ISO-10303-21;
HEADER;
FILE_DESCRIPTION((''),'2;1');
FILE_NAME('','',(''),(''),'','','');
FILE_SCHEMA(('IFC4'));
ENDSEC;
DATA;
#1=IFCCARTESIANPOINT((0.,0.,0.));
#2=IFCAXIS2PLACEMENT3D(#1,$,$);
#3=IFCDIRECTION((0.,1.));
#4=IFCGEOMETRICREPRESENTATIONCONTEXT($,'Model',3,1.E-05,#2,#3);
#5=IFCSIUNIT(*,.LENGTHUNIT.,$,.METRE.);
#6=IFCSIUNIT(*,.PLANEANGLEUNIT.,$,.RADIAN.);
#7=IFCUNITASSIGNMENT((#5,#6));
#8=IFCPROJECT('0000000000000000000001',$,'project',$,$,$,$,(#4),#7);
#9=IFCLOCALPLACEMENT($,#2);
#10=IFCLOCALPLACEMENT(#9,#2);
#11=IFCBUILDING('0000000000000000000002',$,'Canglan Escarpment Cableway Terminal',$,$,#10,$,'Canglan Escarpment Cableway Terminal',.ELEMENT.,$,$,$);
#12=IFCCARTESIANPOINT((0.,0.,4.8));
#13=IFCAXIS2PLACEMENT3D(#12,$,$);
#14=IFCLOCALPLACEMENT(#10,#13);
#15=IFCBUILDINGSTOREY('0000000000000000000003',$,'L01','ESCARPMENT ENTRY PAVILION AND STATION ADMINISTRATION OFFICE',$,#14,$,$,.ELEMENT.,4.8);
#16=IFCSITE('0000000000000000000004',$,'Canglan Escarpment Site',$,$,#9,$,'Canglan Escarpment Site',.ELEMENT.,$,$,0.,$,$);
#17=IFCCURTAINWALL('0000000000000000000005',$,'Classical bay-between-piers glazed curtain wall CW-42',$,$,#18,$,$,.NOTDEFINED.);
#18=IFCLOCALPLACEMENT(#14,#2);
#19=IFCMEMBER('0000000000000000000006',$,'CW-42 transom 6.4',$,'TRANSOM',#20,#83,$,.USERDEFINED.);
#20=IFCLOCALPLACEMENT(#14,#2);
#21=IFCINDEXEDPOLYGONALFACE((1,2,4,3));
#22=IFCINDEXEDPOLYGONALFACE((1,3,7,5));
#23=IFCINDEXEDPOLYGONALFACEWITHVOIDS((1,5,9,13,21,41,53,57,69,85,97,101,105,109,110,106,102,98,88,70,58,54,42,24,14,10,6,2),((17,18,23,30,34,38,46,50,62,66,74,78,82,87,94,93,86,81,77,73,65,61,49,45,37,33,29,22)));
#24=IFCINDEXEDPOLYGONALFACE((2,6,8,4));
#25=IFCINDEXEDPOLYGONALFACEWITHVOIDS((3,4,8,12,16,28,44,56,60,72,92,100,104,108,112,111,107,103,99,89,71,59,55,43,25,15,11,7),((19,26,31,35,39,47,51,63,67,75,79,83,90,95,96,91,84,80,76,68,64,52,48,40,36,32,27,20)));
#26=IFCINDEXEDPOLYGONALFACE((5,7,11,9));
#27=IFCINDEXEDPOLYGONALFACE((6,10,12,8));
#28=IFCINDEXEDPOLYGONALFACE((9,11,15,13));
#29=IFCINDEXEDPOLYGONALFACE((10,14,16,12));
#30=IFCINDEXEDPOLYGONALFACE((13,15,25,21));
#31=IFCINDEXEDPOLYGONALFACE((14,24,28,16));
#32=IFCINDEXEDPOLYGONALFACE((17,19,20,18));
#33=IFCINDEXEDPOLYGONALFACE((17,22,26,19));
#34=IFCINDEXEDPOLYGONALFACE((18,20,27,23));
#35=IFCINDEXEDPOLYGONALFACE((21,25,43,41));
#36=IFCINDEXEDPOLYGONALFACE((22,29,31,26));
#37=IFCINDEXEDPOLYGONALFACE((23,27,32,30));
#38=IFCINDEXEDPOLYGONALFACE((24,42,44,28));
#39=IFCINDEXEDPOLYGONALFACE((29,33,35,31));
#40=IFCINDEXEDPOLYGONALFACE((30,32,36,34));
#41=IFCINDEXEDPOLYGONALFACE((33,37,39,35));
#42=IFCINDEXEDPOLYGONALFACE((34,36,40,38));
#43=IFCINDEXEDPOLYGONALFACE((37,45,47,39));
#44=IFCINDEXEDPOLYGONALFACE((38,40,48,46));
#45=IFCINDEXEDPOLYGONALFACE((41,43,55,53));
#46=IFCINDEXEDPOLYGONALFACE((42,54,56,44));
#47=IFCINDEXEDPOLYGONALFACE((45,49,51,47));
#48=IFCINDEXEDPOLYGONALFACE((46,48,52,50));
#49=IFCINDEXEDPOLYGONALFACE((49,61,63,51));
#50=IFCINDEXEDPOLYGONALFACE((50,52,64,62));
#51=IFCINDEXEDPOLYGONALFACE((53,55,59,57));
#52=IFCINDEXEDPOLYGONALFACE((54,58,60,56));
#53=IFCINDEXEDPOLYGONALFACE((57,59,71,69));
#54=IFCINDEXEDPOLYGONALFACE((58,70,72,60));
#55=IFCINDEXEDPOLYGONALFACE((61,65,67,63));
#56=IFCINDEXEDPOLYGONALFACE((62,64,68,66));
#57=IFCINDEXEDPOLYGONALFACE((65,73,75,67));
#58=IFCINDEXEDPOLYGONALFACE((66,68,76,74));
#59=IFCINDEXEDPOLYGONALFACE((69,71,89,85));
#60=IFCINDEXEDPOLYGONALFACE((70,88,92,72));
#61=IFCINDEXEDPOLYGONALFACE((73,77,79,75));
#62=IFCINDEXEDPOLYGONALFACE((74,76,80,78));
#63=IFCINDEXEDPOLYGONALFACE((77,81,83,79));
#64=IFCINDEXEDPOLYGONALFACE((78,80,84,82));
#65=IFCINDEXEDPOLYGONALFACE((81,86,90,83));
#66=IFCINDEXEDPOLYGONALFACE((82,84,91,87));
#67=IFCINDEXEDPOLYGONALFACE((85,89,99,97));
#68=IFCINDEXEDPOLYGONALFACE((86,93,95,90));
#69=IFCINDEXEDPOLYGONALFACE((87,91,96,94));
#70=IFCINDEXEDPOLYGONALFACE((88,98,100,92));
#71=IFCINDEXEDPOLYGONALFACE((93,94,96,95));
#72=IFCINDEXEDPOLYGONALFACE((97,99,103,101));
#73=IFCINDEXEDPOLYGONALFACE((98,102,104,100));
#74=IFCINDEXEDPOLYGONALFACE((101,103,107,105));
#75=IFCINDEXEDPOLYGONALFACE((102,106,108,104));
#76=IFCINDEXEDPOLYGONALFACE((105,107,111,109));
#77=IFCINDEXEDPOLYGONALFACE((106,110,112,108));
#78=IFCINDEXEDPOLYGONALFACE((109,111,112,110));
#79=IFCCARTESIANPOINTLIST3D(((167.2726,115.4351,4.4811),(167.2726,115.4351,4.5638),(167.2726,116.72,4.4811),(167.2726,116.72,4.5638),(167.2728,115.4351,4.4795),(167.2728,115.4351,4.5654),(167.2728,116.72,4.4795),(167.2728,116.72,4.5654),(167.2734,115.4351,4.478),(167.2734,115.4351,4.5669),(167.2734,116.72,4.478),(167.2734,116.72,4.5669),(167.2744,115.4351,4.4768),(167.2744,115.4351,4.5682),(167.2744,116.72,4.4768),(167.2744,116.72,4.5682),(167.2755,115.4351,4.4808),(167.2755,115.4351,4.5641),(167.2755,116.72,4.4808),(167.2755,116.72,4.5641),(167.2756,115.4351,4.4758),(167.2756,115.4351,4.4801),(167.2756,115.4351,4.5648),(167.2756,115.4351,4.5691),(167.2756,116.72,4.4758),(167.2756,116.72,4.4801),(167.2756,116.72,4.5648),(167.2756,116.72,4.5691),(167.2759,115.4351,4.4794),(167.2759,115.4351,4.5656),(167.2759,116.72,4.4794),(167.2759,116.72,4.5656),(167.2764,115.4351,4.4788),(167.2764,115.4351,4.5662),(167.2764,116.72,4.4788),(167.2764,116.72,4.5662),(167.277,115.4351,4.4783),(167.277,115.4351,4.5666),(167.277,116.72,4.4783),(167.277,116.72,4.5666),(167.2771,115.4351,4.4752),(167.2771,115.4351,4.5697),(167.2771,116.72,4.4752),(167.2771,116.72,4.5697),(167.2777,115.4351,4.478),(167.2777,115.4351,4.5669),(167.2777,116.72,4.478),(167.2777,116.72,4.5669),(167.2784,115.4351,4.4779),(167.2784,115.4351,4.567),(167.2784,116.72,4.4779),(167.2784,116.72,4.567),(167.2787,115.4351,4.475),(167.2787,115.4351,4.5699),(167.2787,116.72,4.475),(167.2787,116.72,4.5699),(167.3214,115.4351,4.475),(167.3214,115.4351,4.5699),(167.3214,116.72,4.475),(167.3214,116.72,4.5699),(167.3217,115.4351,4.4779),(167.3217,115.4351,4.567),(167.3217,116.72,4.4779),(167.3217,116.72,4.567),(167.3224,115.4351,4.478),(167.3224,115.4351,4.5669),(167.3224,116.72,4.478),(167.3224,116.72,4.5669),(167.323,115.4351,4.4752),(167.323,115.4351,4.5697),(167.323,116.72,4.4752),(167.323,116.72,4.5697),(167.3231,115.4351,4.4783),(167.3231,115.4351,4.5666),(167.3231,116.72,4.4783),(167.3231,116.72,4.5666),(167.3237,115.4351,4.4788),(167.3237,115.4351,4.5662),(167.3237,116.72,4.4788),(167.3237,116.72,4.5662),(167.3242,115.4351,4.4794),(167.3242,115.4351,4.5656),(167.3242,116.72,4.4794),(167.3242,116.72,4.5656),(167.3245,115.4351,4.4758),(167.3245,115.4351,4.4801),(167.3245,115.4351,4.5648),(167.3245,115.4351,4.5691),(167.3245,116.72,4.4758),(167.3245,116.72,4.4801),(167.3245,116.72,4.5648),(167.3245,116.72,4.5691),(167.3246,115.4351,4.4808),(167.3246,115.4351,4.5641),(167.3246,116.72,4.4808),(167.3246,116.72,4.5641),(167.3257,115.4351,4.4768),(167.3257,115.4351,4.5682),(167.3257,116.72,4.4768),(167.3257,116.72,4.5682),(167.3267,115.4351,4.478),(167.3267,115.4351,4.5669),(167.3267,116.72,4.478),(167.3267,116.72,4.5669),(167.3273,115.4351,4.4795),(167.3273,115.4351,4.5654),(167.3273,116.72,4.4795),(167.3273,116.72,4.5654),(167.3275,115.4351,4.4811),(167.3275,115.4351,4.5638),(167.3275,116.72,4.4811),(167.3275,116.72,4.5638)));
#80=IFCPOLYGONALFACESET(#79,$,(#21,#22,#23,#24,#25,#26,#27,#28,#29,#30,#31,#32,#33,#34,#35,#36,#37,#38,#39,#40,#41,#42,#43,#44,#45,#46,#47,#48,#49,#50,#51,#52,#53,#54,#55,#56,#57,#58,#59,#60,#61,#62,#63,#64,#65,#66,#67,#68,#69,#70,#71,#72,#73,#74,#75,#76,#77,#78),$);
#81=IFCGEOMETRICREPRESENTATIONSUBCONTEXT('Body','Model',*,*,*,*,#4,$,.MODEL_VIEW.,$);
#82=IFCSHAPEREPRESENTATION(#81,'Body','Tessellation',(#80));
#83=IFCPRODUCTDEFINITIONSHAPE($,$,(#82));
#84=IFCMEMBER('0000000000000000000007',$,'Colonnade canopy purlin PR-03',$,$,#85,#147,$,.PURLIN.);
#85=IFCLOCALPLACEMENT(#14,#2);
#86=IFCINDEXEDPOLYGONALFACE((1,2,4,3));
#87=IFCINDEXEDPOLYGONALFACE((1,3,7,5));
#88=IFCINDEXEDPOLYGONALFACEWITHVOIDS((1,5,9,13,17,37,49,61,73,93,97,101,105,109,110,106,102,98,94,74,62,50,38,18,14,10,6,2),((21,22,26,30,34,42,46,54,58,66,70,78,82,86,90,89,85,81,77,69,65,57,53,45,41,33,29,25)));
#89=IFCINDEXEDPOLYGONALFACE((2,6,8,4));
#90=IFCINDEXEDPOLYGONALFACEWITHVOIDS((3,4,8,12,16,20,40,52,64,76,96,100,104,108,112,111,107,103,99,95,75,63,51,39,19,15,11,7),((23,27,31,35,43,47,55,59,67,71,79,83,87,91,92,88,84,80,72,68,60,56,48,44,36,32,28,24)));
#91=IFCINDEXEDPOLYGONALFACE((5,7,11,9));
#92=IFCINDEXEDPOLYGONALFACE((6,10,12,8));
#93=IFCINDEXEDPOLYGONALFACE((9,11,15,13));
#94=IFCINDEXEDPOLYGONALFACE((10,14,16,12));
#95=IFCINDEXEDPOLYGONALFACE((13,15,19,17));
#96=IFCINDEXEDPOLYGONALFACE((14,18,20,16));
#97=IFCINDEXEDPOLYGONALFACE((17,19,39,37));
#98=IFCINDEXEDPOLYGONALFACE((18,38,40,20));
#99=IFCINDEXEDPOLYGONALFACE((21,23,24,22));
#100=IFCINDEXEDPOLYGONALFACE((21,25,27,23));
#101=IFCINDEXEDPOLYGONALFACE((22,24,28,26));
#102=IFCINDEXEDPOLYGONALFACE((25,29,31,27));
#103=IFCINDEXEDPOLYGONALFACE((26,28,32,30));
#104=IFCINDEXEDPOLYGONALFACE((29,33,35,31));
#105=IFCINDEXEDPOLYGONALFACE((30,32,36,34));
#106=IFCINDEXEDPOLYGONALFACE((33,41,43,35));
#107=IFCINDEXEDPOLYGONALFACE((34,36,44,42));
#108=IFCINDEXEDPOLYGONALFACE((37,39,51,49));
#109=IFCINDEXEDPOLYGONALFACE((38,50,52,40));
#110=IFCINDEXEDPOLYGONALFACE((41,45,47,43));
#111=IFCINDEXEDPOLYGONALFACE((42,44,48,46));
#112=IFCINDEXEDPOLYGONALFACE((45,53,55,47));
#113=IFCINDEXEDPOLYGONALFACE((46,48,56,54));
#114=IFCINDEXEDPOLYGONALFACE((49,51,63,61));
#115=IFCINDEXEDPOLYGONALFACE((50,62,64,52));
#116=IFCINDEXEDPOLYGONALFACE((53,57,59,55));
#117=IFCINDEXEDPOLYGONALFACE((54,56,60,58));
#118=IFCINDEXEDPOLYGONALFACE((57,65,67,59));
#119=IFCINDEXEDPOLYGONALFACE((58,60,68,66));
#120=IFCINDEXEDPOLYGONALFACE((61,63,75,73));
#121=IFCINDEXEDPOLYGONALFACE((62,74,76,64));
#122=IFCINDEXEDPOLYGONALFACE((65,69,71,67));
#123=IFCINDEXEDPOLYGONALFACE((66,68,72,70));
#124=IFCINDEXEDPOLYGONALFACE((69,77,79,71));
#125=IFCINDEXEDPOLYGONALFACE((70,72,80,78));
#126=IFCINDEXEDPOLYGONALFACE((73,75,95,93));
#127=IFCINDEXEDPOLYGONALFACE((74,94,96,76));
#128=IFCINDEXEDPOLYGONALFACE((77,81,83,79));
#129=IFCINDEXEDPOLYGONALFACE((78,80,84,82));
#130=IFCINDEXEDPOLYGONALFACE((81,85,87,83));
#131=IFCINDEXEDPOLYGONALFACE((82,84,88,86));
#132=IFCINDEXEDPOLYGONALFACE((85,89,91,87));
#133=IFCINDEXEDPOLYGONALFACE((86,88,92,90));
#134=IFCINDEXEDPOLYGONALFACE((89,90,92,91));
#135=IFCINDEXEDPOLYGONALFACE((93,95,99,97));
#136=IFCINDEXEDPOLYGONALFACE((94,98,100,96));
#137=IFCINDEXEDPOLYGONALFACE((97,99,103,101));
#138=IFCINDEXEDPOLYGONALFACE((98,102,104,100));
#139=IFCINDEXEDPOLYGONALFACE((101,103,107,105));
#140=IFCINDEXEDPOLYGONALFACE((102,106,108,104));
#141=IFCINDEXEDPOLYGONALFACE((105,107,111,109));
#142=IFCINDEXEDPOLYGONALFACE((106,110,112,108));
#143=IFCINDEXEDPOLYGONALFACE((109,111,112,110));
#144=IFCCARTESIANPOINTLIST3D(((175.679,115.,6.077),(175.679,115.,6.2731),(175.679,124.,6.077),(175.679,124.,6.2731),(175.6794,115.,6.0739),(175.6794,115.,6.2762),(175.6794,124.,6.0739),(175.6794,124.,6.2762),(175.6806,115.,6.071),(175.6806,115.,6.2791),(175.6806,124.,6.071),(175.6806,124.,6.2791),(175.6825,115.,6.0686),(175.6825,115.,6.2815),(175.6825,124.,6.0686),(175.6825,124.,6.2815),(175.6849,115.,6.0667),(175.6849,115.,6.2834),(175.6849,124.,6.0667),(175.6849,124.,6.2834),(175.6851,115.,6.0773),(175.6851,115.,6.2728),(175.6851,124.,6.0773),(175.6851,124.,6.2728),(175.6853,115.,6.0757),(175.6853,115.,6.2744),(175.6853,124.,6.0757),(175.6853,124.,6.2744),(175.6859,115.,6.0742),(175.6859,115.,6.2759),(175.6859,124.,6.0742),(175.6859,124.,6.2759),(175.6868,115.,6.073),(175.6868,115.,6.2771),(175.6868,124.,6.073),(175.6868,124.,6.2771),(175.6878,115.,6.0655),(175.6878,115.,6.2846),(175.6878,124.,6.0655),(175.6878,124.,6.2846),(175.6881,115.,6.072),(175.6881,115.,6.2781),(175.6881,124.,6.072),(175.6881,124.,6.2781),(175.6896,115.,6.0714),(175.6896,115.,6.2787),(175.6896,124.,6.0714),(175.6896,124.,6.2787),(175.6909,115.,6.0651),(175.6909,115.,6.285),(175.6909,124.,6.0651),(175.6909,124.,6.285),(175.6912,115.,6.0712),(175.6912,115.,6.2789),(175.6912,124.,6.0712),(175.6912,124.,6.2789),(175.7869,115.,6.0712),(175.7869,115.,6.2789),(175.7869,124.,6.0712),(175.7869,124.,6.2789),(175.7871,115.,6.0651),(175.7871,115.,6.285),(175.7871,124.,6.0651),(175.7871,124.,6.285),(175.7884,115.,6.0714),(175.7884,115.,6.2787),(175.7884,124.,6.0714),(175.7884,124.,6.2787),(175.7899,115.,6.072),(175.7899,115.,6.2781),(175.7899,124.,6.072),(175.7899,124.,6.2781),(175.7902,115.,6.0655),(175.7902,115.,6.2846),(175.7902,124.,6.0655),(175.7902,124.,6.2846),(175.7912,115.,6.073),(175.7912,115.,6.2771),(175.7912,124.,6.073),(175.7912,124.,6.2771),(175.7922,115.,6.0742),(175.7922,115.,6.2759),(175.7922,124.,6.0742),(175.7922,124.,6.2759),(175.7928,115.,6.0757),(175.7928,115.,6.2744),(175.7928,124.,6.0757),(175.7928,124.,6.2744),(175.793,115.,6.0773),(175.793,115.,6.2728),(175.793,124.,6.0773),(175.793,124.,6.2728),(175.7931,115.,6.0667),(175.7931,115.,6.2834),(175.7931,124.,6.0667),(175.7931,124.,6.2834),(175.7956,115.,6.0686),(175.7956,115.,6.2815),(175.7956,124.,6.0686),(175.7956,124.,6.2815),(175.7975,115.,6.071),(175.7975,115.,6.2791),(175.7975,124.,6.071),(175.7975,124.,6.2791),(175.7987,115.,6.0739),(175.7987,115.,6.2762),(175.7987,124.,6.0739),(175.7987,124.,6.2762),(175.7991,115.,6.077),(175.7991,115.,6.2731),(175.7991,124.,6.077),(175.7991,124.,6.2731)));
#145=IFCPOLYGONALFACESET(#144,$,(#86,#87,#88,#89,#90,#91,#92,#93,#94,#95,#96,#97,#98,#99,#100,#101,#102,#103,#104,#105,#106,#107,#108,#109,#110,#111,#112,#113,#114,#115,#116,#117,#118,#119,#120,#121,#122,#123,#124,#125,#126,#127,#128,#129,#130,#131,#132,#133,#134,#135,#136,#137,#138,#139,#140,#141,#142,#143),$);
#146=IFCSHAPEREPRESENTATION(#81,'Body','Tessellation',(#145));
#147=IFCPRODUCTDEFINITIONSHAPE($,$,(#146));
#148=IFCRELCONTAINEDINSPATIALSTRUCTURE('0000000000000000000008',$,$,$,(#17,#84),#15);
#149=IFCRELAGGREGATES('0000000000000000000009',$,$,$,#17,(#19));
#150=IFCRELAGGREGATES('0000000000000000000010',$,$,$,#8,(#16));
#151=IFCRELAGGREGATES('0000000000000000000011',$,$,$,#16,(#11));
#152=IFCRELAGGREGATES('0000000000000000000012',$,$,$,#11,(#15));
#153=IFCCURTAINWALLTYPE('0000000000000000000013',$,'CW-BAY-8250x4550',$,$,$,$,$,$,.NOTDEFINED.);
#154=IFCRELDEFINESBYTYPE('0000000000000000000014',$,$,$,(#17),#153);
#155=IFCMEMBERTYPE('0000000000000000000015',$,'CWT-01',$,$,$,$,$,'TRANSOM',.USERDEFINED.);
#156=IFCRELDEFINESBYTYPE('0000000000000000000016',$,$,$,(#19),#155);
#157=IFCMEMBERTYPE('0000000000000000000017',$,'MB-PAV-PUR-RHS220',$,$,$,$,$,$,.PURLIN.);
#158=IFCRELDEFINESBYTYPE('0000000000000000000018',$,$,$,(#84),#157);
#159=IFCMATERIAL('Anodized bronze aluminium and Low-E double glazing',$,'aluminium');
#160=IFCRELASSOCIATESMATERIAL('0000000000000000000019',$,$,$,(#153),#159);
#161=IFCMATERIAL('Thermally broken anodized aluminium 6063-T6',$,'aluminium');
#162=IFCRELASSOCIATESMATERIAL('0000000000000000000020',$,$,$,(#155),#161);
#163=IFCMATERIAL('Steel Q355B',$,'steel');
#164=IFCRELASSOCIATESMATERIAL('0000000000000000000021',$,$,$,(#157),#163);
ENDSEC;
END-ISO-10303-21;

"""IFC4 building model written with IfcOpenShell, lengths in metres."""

from ifc_helpers import new_model, si_unit, direction, frame, origin, origin_2d, place, context, subcontext, project, spatial, hollow_rectangle, extrude, material, material_profile, profile_set, type_object, element, aggregate, save


model = new_model("IFC4")

# Units and contexts
model_context = context("Model", 3, precision=1e-05, world=origin(), true_north=direction((0.0, 1.0)))
body_context = subcontext(model_context, "Body", "Model", "MODEL_VIEW")
ifc_project = project(units=[si_unit("LENGTHUNIT", "METRE"), si_unit("PLANEANGLEUNIT", "RADIAN")], contexts=[model_context])

# Site, building, storey
site_placement = place(None, origin())
site = spatial("IfcSite", under=ifc_project, at=site_placement, Name="Canglan Escarpment Site", LongName="Canglan Escarpment Site", CompositionType="ELEMENT", RefElevation=0.0)
building_placement = place(site_placement, origin())
building = spatial("IfcBuilding", under=site, at=building_placement, Name="Canglan Escarpment Cableway Terminal", LongName="Canglan Escarpment Cableway Terminal", CompositionType="ELEMENT")
storey_placement = place(building_placement, frame((0.0, 0.0, 4.8)))
storey = spatial("IfcBuildingStorey", under=building, at=storey_placement, Name="L01", Description="ESCARPMENT ENTRY PAVILION AND STATION ADMINISTRATION OFFICE", CompositionType="ELEMENT", Elevation=4.8)

# Curtain wall, member
ifc_material_1 = material(Name="Anodized bronze aluminium and Low-E double glazing", Category="aluminium")
curtain_wall_type = type_object("IfcCurtainWallType", Name="CW-BAY-8250x4550", PredefinedType="NOTDEFINED", material=ifc_material_1)
curtain_wall_placement = place(storey_placement, origin())
curtain_wall = element("IfcCurtainWall", 1, at=curtain_wall_placement, inside=storey, type_object=curtain_wall_type, Name="Classical bay-between-piers glazed curtain wall CW-42", PredefinedType="NOTDEFINED")
ifc_material_2 = material(Name="Thermally broken anodized aluminium 6063-T6", Category="aluminium")
ifc_material_profile_1 = material_profile(ifc_material_2, hollow_rectangle(XDim=0.0549, YDim=0.095, WallThickness=0.0029, InnerFilletRadius=0.0029, OuterFilletRadius=0.0061, at=origin_2d()), Name="ALU-TRAN 55x95x3")
ifc_profile_set_1 = profile_set([ifc_material_profile_1], Name="Thermally broken anodized aluminium 6063-T6")
member_type_1 = type_object("IfcMemberType", Name="CWT-01", ElementType="TRANSOM", PredefinedType="USERDEFINED", material=ifc_profile_set_1)
member_1_placement = place(storey_placement, frame((167.3, 116.72, 4.5225), z_axis=(0.0, -1.0, 0.0), x_axis=(1.0, 0.0, 0.0)))
member_1 = element("IfcMember", 2, at=member_1_placement, type_object=member_type_1, Name="CW-42 transom 6.4", ObjectType="TRANSOM", PredefinedType="USERDEFINED", context=body_context, shape_type="SweptSolid", body=[
    extrude(hollow_rectangle(XDim=0.0549, YDim=0.095, WallThickness=0.0029, InnerFilletRadius=0.0029, OuterFilletRadius=0.0061, at=origin_2d()), origin(), (0.0, 0.0, 1.0), 1.2849),
])

# Member
ifc_material_3 = material(Name="Steel Q355B", Category="steel")
ifc_material_profile_2 = material_profile(ifc_material_3, hollow_rectangle(XDim=0.1201, YDim=0.22, WallThickness=0.0061, InnerFilletRadius=0.0061, OuterFilletRadius=0.012, at=origin_2d()), Name="RHS 220x120x6")
ifc_profile_set_2 = profile_set([ifc_material_profile_2], Name="Steel Q355B")
member_type_2 = type_object("IfcMemberType", Name="MB-PAV-PUR-RHS220", PredefinedType="PURLIN", material=ifc_profile_set_2)
member_2_placement = place(storey_placement, frame((175.739, 115.0, 6.175), z_axis=(0.0, 1.0, 0.0), x_axis=(-1.0, 0.0, 0.0)))
element("IfcMember", 3, at=member_2_placement, inside=storey, type_object=member_type_2, Name="Colonnade canopy purlin PR-03", PredefinedType="PURLIN", context=body_context, shape_type="SweptSolid", body=[
    extrude(hollow_rectangle(XDim=0.1201, YDim=0.22, WallThickness=0.0061, InnerFilletRadius=0.0061, OuterFilletRadius=0.012, at=origin_2d()), origin(), (0.0, 0.0, 1.0), 9.0),
])

aggregate(curtain_wall, [member_1])

save(model, "model.ifc")
